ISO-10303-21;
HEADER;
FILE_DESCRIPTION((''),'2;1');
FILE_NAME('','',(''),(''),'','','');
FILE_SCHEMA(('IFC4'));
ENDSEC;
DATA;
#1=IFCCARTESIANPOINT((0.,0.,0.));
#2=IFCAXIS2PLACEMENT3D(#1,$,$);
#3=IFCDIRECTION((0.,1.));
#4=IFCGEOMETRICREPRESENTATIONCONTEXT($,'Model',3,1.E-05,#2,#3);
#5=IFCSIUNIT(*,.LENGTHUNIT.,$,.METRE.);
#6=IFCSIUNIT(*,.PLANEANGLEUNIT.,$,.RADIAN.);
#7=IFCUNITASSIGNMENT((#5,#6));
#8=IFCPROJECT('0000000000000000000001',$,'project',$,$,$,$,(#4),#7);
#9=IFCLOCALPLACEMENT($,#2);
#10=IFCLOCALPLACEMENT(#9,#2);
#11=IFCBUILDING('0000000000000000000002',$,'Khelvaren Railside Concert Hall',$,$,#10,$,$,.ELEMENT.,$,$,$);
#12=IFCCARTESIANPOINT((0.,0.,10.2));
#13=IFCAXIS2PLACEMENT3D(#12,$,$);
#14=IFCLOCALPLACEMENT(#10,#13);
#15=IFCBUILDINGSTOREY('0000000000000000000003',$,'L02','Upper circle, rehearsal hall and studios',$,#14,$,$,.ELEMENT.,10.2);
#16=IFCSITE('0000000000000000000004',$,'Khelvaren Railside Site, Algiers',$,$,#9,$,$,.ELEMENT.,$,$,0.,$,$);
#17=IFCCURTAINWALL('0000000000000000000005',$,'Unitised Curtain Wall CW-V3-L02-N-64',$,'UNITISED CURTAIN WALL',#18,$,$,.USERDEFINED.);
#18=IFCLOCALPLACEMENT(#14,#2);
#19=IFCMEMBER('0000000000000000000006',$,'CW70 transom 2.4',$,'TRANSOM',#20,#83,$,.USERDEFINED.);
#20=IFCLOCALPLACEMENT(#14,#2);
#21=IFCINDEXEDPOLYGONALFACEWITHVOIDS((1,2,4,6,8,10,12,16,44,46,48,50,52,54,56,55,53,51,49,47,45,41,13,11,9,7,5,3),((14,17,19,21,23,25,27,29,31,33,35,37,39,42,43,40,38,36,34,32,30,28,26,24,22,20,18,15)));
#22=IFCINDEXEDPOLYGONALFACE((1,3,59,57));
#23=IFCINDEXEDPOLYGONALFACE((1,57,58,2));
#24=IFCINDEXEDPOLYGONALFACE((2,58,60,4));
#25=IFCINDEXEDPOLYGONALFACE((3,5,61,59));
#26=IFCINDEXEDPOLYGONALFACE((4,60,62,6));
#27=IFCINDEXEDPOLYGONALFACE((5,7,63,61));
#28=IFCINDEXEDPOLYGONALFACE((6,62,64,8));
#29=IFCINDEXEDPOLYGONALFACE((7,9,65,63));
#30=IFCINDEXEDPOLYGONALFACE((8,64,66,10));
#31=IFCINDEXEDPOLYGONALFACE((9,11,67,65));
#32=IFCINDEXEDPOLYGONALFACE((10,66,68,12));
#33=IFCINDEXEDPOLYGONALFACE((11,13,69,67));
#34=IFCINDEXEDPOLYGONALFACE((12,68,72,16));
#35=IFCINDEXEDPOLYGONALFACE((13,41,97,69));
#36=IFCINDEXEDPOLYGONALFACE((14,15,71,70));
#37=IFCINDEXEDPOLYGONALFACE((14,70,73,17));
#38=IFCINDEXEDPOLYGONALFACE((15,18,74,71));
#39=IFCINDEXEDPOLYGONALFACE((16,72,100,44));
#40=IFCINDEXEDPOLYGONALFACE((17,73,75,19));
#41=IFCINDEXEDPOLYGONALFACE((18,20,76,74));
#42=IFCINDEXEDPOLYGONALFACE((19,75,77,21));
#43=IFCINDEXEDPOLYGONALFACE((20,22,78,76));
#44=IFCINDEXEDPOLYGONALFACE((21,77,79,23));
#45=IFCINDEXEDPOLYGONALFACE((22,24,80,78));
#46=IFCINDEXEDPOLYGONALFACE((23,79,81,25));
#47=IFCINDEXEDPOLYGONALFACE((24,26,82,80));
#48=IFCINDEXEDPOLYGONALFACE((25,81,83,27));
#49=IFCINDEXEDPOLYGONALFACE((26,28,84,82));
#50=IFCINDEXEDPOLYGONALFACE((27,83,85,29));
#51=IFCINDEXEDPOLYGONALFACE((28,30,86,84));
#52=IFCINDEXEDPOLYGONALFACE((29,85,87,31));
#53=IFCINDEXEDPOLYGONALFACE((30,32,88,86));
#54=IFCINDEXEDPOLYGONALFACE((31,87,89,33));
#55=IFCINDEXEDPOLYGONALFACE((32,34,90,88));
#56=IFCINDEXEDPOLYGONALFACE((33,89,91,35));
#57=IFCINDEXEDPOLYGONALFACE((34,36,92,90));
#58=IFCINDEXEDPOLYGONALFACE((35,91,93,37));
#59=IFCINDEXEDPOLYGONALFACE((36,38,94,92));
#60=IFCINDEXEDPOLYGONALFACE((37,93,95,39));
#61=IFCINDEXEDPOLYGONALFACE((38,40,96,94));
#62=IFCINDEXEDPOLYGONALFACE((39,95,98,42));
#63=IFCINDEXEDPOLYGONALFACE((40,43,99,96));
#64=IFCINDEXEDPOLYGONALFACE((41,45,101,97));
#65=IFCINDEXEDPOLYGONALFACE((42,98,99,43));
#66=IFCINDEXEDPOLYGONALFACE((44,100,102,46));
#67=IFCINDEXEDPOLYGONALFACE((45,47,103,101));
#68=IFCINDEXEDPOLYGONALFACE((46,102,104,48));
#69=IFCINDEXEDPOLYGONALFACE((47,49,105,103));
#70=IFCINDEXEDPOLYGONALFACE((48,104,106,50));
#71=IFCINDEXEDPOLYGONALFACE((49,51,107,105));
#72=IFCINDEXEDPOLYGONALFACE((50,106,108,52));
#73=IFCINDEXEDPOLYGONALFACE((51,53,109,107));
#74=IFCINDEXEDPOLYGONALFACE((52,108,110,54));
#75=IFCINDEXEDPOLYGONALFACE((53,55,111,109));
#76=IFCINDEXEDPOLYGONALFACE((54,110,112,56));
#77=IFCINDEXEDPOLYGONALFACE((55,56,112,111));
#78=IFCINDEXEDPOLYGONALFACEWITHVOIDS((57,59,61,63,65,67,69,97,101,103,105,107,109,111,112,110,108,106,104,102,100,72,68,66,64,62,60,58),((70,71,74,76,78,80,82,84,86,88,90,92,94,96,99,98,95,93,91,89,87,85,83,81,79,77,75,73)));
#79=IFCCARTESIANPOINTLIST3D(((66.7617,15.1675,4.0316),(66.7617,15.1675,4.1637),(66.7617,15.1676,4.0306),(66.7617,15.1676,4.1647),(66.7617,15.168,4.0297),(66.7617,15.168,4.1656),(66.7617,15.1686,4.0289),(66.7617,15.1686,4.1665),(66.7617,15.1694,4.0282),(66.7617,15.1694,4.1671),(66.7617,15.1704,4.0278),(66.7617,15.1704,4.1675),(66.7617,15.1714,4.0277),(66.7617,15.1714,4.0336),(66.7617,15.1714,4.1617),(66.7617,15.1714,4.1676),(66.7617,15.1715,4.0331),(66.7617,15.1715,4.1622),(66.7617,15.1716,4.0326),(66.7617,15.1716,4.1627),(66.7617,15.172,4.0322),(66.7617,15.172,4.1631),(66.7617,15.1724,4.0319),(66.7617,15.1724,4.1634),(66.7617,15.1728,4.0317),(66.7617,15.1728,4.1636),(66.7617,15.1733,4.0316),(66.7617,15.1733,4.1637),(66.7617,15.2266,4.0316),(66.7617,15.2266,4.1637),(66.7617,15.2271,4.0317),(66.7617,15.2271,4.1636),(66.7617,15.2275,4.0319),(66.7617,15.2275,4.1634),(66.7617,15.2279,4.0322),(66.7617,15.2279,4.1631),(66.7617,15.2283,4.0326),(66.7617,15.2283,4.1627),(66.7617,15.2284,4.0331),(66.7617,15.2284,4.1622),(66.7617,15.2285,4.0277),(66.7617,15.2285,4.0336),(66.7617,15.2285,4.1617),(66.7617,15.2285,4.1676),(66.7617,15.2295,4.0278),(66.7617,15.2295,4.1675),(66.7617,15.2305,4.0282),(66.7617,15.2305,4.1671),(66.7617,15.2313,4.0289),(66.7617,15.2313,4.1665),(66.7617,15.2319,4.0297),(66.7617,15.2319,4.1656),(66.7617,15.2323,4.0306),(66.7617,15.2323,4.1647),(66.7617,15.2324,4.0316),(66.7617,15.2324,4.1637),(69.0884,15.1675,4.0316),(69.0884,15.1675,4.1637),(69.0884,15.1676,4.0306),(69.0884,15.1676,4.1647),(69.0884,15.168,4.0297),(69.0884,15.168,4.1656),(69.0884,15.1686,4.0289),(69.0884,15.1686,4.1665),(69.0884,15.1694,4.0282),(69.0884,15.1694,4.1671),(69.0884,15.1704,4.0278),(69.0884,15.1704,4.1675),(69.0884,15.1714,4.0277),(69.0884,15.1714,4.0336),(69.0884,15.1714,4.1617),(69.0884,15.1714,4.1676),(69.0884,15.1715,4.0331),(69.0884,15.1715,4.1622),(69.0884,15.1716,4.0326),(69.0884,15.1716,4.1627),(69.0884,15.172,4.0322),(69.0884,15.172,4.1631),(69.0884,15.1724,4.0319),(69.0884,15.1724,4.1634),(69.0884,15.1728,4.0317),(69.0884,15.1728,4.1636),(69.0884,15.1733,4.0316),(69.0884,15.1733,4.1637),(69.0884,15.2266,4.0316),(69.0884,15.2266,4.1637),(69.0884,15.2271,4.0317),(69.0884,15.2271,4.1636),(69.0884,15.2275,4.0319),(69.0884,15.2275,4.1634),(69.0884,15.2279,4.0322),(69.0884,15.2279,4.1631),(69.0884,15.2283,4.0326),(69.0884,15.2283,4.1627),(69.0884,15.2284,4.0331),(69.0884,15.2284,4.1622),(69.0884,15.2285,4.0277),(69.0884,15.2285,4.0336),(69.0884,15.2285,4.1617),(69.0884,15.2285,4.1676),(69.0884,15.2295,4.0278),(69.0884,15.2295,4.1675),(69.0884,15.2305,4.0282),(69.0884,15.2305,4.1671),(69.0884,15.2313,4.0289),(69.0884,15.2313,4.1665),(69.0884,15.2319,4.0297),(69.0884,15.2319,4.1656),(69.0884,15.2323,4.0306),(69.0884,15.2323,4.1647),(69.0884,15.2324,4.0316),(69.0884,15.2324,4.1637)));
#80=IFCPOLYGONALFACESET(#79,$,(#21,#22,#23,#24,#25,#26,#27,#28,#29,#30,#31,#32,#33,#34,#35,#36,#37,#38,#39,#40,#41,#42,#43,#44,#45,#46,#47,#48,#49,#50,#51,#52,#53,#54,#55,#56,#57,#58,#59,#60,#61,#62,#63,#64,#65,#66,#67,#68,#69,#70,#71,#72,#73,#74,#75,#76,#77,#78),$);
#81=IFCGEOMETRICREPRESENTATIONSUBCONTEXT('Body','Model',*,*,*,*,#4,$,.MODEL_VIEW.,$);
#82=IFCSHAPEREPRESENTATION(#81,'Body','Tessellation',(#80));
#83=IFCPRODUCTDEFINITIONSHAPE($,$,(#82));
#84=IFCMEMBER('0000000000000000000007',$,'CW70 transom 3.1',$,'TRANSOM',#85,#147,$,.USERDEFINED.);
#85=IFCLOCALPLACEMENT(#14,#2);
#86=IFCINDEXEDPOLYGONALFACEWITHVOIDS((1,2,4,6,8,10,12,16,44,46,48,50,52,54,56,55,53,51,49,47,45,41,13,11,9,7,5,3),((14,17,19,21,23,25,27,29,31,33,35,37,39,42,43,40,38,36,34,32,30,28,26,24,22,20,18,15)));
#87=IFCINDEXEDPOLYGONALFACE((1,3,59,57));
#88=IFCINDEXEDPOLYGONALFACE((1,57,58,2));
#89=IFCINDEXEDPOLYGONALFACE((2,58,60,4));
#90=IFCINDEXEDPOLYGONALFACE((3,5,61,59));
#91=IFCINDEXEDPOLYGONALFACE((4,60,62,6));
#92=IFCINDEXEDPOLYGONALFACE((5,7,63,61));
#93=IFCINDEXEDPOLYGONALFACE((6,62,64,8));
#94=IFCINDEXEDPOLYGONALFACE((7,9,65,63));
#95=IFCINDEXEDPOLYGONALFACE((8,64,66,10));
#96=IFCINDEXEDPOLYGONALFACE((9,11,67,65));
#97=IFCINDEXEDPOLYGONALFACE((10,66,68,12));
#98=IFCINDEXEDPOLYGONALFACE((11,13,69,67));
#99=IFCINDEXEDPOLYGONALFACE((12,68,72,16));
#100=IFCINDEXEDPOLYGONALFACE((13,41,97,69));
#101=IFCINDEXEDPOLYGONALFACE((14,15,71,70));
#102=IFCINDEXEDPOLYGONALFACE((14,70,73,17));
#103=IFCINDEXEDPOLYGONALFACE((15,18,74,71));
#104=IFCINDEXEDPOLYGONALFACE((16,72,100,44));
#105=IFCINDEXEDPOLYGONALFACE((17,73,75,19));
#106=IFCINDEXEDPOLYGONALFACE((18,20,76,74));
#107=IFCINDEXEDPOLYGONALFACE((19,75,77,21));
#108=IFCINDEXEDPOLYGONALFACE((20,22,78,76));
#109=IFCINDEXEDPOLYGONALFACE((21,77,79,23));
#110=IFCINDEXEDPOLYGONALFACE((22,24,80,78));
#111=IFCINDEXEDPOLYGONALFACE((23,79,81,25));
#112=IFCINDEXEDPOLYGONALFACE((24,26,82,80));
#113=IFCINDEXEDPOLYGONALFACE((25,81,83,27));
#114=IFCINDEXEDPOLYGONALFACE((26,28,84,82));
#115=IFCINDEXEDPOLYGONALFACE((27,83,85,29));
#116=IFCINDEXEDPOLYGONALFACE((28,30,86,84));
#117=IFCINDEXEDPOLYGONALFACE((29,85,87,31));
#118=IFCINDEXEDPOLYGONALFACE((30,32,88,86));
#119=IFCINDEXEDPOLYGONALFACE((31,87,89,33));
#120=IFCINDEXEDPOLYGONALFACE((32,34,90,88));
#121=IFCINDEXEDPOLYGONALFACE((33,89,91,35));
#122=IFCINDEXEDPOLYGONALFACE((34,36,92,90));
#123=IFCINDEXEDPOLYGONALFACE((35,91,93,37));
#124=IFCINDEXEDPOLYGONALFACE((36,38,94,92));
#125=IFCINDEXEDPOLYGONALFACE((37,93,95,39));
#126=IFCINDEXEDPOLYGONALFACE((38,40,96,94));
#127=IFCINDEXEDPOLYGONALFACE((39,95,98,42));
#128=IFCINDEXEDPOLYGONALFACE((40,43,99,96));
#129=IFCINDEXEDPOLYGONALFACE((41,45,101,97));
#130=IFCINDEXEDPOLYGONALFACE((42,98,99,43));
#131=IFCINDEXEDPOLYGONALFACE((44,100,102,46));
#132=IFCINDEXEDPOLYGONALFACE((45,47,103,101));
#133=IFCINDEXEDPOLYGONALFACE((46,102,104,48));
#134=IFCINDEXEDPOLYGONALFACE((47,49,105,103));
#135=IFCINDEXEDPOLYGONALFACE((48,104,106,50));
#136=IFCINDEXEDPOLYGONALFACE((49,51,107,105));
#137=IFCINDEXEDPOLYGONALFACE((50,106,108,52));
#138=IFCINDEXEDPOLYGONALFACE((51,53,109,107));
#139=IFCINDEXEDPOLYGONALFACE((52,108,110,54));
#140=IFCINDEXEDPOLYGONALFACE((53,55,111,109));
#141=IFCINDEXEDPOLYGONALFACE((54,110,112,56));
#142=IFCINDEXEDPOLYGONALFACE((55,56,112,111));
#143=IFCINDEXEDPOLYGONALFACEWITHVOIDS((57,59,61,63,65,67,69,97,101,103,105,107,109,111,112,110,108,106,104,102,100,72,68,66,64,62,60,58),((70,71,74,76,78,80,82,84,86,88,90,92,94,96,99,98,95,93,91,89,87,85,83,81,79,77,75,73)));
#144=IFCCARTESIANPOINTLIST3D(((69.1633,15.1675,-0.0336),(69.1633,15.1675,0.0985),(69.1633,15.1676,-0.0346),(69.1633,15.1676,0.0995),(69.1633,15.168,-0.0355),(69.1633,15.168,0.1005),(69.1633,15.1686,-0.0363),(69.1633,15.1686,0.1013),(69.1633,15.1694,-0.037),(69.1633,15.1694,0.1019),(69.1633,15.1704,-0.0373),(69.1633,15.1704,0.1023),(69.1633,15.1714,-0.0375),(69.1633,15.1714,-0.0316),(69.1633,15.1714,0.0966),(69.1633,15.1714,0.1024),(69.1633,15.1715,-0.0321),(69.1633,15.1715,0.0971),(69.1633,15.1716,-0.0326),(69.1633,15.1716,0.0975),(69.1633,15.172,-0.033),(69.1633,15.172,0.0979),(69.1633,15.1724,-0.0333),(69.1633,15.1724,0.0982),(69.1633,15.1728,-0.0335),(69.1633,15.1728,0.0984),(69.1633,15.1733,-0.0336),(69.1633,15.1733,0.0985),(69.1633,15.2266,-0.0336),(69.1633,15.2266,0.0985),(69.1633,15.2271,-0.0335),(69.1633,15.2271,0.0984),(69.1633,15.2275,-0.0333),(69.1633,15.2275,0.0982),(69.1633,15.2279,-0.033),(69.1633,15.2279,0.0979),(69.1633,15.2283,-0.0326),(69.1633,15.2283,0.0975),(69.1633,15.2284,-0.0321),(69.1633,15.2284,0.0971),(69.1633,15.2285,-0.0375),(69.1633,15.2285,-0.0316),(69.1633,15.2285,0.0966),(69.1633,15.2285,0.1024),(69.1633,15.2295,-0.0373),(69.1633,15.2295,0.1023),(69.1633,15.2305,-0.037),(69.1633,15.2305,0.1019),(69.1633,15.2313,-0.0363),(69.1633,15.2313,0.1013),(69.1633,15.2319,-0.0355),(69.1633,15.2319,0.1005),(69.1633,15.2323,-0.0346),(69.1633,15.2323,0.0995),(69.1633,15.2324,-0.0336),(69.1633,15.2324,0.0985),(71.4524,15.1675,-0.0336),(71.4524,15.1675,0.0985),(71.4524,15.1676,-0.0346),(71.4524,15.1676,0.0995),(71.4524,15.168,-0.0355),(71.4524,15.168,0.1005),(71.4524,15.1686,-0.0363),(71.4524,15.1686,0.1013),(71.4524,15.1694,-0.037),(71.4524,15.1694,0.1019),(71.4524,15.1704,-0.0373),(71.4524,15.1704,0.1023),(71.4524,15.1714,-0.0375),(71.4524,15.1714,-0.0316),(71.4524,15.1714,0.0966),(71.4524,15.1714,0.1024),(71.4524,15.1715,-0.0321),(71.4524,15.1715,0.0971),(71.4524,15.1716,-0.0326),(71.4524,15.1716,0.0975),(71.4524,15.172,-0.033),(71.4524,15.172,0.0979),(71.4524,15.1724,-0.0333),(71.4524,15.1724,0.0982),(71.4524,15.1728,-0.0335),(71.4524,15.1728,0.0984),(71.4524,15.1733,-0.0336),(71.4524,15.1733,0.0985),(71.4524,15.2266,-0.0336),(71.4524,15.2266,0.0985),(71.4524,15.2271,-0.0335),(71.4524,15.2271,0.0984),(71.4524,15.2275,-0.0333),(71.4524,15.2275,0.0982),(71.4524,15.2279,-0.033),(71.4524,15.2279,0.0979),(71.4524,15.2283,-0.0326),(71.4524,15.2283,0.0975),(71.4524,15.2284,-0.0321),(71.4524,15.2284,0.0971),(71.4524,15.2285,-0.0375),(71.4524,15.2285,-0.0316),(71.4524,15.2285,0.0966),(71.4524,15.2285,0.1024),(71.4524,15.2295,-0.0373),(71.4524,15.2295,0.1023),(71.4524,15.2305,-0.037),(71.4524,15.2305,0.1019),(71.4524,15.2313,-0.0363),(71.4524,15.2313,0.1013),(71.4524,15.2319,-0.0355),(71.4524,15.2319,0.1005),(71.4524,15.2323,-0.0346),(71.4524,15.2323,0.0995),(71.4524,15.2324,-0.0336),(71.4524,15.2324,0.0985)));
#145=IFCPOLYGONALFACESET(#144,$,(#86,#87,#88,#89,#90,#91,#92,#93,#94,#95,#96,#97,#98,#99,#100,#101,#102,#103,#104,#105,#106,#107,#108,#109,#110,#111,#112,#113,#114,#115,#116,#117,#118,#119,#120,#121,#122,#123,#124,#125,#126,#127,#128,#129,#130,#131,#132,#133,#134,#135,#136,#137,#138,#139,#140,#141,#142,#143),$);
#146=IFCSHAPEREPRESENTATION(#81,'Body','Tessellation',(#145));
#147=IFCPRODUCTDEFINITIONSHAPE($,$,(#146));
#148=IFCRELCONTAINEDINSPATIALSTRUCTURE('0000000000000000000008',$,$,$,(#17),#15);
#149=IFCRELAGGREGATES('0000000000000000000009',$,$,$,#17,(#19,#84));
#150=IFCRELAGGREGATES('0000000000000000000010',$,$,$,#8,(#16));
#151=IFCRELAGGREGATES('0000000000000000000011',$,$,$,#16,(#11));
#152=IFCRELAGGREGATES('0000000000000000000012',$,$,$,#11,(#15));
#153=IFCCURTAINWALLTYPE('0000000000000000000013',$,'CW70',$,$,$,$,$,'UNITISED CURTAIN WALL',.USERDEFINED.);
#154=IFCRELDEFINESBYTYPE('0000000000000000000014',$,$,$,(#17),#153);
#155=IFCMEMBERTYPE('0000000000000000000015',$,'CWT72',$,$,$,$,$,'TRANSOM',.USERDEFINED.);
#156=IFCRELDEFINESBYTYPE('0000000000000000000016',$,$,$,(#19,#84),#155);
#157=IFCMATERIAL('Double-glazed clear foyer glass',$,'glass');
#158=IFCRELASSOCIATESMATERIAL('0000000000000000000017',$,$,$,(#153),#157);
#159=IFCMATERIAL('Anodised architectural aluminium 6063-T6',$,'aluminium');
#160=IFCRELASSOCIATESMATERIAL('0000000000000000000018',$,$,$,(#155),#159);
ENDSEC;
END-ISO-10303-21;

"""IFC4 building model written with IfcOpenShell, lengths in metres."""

from ifc_helpers import new_model, si_unit, direction, frame, origin, origin_2d, place, context, subcontext, project, spatial, hollow_rectangle, extrude, material, material_profile, profile_set, type_object, element, aggregate, save


model = new_model("IFC4")

# Units and contexts
model_context = context("Model", 3, precision=1e-05, world=origin(), true_north=direction((0.0, 1.0)))
body_context = subcontext(model_context, "Body", "Model", "MODEL_VIEW")
ifc_project = project(units=[si_unit("LENGTHUNIT", "METRE"), si_unit("PLANEANGLEUNIT", "RADIAN")], contexts=[model_context])

# Site, building, storey
site_placement = place(None, origin())
site = spatial("IfcSite", under=ifc_project, at=site_placement, Name="Khelvaren Railside Site, Algiers", CompositionType="ELEMENT", RefElevation=0.0)
building_placement = place(site_placement, origin())
building = spatial("IfcBuilding", under=site, at=building_placement, Name="Khelvaren Railside Concert Hall", CompositionType="ELEMENT")
storey_placement = place(building_placement, frame((0.0, 0.0, 10.2)))
storey = spatial("IfcBuildingStorey", under=building, at=storey_placement, Name="L02", Description="Upper circle, rehearsal hall and studios", CompositionType="ELEMENT", Elevation=10.2)

# Curtain wall
ifc_material_1 = material(Name="Double-glazed clear foyer glass", Category="glass")
curtain_wall_type_1 = type_object("IfcCurtainWallType", Name="CW70", ElementType="UNITISED CURTAIN WALL", PredefinedType="USERDEFINED", material=ifc_material_1)
curtain_wall_1_placement = place(storey_placement, origin())
curtain_wall_1 = element("IfcCurtainWall", 1, at=curtain_wall_1_placement, inside=storey, type_object=curtain_wall_type_1, Name="Unitised Curtain Wall CW-V3-L02-N-64", ObjectType="UNITISED CURTAIN WALL", PredefinedType="USERDEFINED")
ifc_material_2 = material(Name="Anodised architectural aluminium 6063-T6", Category="aluminium")

# Members
ifc_material_profile_1 = material_profile(ifc_material_2, hollow_rectangle(XDim=0.0649, YDim=0.1399, WallThickness=0.0039, InnerFilletRadius=0.002, OuterFilletRadius=0.0039, at=origin_2d()), Name="CWT 65x140x4")
ifc_profile_set_1 = profile_set([ifc_material_profile_1], Name="Anodised architectural aluminium 6063-T6")
member_type_1 = type_object("IfcMemberType", Name="CWT72", ElementType="TRANSOM", PredefinedType="USERDEFINED", material=ifc_profile_set_1)
member_1_placement = place(storey_placement, frame((66.7617, 15.2, 4.0977), z_axis=(1.0, 0.0, 0.0), x_axis=(0.0, 1.0, 0.0)))
member_1 = element("IfcMember", 2, at=member_1_placement, type_object=member_type_1, Name="CW70 transom 2.4", ObjectType="TRANSOM", PredefinedType="USERDEFINED", context=body_context, shape_type="SweptSolid", body=[
    extrude(hollow_rectangle(XDim=0.0649, YDim=0.1399, WallThickness=0.0039, InnerFilletRadius=0.002, OuterFilletRadius=0.0039, at=origin_2d()), origin(), (0.0, 0.0, 1.0), 2.3267),
])
member_2_placement = place(storey_placement, frame((69.1633, 15.2, 0.0325), z_axis=(1.0, 0.0, 0.0), x_axis=(0.0, 1.0, 0.0)))
member_2 = element("IfcMember", 3, at=member_2_placement, type_object=member_type_1, Name="CW70 transom 3.1", ObjectType="TRANSOM", PredefinedType="USERDEFINED", context=body_context, shape_type="SweptSolid", body=[
    extrude(hollow_rectangle(XDim=0.0649, YDim=0.1399, WallThickness=0.0039, InnerFilletRadius=0.002, OuterFilletRadius=0.0039, at=origin_2d()), origin(), (0.0, 0.0, 1.0), 2.2891),
])

aggregate(curtain_wall_1, [member_1, member_2])

save(model, "model.ifc")
